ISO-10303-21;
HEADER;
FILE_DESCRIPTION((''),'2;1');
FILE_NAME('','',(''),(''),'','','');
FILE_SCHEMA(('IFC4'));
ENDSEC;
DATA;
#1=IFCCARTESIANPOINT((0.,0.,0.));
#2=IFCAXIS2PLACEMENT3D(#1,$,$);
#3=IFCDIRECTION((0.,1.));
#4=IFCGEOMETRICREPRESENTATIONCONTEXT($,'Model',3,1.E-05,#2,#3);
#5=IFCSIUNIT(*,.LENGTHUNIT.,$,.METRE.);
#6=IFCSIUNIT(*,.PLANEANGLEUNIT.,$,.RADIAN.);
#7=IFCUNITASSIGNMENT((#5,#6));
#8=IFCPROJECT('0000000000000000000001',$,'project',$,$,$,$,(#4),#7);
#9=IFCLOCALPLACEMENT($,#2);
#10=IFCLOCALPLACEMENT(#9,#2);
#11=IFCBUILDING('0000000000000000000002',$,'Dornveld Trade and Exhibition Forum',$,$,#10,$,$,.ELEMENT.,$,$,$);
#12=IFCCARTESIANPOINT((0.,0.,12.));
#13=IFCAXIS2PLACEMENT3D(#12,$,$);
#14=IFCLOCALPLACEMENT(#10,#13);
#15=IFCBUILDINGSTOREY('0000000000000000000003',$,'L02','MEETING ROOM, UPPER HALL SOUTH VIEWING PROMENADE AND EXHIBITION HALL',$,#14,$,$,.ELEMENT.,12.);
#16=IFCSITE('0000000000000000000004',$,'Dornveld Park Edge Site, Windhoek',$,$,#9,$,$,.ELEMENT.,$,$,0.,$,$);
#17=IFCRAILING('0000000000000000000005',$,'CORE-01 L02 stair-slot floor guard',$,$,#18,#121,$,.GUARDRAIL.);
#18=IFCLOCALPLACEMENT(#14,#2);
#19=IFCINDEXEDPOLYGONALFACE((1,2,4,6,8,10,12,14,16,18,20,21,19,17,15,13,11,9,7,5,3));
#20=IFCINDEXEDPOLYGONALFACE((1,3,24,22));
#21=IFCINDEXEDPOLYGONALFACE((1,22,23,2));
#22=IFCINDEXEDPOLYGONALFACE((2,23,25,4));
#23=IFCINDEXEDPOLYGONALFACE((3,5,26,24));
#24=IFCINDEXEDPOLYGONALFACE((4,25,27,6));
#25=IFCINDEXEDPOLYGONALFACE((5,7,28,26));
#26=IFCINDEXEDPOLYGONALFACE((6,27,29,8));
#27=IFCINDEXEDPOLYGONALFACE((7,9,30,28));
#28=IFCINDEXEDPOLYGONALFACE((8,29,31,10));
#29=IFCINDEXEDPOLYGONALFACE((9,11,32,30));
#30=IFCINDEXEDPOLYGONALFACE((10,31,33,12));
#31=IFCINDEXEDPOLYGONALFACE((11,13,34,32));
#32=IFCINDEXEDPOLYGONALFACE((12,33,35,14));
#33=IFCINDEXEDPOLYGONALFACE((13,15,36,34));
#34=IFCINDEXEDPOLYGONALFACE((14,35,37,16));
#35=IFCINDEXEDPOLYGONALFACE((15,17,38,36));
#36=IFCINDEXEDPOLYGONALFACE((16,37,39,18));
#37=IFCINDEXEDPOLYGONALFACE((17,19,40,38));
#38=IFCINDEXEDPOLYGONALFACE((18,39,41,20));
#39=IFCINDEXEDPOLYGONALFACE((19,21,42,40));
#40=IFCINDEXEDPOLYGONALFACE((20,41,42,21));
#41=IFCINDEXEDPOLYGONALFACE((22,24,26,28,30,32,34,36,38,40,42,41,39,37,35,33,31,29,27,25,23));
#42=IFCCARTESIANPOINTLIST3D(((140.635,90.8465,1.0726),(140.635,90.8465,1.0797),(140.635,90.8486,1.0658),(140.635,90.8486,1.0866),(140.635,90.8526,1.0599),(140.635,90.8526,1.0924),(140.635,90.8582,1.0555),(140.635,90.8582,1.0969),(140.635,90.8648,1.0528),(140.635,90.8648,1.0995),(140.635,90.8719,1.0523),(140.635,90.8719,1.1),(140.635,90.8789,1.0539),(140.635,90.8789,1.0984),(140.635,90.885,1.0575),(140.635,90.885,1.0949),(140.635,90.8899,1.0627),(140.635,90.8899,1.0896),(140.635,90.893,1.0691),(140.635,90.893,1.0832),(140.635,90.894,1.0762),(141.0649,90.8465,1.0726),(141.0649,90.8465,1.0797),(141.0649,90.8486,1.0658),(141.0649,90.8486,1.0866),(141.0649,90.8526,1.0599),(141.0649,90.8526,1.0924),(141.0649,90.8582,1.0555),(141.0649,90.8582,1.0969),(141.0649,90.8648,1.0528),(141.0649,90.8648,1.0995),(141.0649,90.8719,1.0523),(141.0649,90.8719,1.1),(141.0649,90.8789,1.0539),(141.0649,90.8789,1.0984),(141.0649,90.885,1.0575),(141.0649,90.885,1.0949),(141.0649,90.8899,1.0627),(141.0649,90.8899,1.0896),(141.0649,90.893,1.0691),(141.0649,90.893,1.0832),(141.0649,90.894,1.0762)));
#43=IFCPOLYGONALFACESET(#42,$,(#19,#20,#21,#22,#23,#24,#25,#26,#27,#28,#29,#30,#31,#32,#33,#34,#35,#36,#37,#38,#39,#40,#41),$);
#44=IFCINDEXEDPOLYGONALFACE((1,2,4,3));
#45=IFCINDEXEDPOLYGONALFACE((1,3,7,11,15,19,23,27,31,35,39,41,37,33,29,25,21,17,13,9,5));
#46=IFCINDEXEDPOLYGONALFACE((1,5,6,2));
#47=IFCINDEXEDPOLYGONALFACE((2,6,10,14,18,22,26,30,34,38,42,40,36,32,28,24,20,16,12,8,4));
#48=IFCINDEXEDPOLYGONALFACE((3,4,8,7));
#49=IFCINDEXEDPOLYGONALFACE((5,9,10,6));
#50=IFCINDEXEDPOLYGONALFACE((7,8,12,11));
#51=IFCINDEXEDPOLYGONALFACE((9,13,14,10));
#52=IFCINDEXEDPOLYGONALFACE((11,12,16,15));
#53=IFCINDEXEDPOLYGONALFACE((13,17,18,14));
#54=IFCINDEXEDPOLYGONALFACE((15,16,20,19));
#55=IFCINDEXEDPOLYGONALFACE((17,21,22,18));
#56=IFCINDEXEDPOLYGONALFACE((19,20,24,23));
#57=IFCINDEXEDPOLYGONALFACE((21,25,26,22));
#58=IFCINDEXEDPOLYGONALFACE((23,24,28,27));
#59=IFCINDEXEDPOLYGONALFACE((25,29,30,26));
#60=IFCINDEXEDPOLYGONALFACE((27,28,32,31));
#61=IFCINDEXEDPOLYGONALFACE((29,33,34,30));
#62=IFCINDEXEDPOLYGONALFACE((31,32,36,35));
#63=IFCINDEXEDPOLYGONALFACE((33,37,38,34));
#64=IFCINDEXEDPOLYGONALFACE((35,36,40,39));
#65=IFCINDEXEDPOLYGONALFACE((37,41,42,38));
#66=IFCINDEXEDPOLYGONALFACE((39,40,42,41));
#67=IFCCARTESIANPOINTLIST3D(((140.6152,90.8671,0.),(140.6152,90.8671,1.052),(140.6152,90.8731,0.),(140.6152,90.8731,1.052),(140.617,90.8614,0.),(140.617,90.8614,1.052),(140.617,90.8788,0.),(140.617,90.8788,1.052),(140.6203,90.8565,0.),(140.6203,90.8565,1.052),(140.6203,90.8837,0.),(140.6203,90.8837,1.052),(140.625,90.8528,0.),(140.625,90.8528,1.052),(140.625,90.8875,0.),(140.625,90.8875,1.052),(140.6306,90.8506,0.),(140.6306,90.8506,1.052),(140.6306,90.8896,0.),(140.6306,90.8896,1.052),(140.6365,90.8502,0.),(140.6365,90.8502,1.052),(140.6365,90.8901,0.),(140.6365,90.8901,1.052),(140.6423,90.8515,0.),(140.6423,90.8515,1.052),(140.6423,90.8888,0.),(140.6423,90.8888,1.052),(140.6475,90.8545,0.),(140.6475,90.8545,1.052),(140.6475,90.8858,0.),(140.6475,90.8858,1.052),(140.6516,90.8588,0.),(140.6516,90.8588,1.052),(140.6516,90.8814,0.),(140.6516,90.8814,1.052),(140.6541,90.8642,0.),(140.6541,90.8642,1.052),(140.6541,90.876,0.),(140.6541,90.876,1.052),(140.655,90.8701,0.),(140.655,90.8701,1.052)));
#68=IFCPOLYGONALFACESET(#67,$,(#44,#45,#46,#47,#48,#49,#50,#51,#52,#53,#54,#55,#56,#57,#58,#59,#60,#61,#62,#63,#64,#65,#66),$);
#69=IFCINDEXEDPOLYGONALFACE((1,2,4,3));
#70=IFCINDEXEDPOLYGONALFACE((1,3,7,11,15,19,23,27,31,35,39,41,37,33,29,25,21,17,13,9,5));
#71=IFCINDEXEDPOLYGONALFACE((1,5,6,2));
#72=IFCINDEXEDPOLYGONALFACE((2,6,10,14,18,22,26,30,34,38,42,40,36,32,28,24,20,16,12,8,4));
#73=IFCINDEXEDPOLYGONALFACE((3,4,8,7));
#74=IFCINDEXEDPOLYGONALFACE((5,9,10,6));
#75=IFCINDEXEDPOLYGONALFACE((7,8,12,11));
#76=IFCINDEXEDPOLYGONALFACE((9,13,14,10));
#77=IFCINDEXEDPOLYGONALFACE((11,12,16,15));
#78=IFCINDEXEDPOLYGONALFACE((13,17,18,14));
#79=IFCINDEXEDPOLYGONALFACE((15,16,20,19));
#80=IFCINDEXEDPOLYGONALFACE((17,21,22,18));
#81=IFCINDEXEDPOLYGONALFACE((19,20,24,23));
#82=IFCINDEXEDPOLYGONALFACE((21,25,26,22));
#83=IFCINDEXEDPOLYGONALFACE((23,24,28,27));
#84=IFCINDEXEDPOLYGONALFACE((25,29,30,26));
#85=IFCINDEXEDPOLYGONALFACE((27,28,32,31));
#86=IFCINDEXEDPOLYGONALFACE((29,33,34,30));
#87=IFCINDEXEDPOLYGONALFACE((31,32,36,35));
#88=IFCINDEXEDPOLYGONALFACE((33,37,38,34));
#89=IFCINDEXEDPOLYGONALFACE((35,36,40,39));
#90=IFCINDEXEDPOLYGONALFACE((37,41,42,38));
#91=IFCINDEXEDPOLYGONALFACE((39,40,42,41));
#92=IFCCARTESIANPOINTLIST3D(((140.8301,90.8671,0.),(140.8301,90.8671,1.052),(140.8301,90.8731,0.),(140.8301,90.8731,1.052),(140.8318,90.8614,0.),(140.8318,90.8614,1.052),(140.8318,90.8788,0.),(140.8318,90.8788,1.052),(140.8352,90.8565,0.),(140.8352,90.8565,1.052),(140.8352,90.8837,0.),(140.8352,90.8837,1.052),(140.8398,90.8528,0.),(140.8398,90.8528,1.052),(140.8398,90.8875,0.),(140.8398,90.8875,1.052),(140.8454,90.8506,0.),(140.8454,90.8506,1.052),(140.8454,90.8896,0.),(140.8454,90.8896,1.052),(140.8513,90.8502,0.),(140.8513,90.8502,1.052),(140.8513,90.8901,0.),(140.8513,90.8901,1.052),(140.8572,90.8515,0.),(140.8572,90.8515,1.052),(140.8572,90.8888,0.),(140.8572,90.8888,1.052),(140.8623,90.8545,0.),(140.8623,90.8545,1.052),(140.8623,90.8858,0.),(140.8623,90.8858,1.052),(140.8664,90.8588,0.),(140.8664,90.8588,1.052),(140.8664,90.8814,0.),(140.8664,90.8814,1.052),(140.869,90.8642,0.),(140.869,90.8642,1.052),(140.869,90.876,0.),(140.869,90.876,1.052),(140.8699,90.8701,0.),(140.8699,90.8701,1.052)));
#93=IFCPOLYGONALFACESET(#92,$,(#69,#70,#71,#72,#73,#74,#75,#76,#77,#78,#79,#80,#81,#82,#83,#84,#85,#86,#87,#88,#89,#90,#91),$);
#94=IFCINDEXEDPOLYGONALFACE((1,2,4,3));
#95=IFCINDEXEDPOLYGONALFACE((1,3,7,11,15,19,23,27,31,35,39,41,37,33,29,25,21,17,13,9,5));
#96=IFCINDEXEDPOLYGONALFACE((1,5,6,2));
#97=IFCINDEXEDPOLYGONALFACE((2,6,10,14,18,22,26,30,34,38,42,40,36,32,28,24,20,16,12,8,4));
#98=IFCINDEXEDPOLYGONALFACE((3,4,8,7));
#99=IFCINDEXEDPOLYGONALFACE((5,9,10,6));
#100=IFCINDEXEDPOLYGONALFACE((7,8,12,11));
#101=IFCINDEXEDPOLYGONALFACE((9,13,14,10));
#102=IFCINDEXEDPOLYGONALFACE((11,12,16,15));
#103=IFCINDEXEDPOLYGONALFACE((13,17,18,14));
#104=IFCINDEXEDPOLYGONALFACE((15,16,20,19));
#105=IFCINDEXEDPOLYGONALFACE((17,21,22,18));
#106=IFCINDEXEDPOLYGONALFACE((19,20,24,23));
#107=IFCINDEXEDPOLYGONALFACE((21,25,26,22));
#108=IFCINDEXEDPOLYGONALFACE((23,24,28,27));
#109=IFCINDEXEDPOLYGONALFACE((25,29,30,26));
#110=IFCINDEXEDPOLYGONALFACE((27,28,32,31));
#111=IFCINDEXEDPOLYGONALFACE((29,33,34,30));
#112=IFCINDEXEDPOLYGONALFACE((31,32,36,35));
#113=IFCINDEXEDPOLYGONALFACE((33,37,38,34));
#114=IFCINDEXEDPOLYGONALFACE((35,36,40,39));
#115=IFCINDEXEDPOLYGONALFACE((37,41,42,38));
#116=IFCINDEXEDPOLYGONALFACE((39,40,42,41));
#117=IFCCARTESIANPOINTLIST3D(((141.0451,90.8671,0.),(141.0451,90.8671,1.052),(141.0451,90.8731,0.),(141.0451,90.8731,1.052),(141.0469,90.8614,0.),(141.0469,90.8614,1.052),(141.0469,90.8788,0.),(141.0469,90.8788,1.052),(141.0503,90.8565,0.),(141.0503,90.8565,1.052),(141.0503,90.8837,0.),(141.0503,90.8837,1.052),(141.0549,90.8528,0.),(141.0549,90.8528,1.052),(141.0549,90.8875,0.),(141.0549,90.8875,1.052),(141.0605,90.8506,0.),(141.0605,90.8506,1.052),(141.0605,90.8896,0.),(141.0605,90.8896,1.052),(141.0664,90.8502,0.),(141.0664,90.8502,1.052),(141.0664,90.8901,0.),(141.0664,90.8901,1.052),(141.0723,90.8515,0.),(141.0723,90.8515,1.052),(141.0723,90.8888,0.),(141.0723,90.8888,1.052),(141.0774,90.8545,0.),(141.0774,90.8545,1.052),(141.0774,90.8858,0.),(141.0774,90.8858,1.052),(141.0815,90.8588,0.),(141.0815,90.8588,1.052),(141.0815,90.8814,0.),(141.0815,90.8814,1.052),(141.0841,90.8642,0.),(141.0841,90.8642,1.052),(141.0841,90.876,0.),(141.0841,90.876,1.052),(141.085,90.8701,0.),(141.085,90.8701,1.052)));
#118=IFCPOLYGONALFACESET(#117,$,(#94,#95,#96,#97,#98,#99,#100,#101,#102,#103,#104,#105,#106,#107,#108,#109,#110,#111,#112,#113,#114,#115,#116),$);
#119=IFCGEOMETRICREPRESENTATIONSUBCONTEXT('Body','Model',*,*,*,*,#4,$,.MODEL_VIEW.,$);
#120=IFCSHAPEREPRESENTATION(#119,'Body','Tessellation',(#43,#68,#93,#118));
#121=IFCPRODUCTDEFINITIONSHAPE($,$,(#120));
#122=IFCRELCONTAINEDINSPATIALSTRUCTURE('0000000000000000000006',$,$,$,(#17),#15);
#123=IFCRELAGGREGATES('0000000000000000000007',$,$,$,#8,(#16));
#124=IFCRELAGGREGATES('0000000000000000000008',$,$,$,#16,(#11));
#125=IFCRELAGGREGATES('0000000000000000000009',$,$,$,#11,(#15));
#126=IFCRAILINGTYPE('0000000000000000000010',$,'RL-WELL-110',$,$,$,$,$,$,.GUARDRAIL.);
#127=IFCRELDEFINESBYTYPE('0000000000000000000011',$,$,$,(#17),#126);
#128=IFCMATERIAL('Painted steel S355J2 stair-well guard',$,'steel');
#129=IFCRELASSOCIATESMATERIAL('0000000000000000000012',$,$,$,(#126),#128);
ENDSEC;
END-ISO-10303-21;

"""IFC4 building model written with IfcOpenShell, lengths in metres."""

from ifc_helpers import new_model, si_unit, direction, frame, origin, origin_2d, place, context, subcontext, project, spatial, circle, extrude, material, type_object, element, save


model = new_model("IFC4")

# Units and contexts
model_context = context("Model", 3, precision=1e-05, world=origin(), true_north=direction((0.0, 1.0)))
body_context = subcontext(model_context, "Body", "Model", "MODEL_VIEW")
ifc_project = project(units=[si_unit("LENGTHUNIT", "METRE"), si_unit("PLANEANGLEUNIT", "RADIAN")], contexts=[model_context])

# Site, building, storey
site_placement = place(None, origin())
site = spatial("IfcSite", under=ifc_project, at=site_placement, Name="Dornveld Park Edge Site, Windhoek", CompositionType="ELEMENT", RefElevation=0.0)
building_placement = place(site_placement, origin())
building = spatial("IfcBuilding", under=site, at=building_placement, Name="Dornveld Trade and Exhibition Forum", CompositionType="ELEMENT")
storey_placement = place(building_placement, frame((0.0, 0.0, 12.0)))
storey = spatial("IfcBuildingStorey", under=building, at=storey_placement, Name="L02", Description="MEETING ROOM, UPPER HALL SOUTH VIEWING PROMENADE AND EXHIBITION HALL", CompositionType="ELEMENT", Elevation=12.0)

# Railing
ifc_material_1 = material(Name="Painted steel S355J2 stair-well guard", Category="steel")
railing_type_1 = type_object("IfcRailingType", Name="RL-WELL-110", PredefinedType="GUARDRAIL", material=ifc_material_1)
railing_1_placement = place(storey_placement, frame((140.635, 90.8701, 0.0)))
element("IfcRailing", 1, at=railing_1_placement, inside=storey, type_object=railing_type_1, Name="CORE-01 L02 stair-slot floor guard", PredefinedType="GUARDRAIL", context=body_context, shape_type="SweptSolid", body=[
    extrude(circle(Radius=0.0239, at=origin_2d()), frame((0.0, 0.0, 1.0762), z_axis=(1.0, 0.0, 0.0), x_axis=(0.0, 1.0, 0.0)), (0.0, 0.0, 1.0), 0.4299),
    extrude(circle(Radius=0.02, at=origin_2d()), origin(), (0.0, 0.0, 1.0), 1.052),
    extrude(circle(Radius=0.02, at=origin_2d()), frame((0.2148, 0.0, 0.0)), (0.0, 0.0, 1.0), 1.052),
    extrude(circle(Radius=0.02, at=origin_2d()), frame((0.4299, 0.0, 0.0)), (0.0, 0.0, 1.0), 1.052),
])

save(model, "model.ifc")
